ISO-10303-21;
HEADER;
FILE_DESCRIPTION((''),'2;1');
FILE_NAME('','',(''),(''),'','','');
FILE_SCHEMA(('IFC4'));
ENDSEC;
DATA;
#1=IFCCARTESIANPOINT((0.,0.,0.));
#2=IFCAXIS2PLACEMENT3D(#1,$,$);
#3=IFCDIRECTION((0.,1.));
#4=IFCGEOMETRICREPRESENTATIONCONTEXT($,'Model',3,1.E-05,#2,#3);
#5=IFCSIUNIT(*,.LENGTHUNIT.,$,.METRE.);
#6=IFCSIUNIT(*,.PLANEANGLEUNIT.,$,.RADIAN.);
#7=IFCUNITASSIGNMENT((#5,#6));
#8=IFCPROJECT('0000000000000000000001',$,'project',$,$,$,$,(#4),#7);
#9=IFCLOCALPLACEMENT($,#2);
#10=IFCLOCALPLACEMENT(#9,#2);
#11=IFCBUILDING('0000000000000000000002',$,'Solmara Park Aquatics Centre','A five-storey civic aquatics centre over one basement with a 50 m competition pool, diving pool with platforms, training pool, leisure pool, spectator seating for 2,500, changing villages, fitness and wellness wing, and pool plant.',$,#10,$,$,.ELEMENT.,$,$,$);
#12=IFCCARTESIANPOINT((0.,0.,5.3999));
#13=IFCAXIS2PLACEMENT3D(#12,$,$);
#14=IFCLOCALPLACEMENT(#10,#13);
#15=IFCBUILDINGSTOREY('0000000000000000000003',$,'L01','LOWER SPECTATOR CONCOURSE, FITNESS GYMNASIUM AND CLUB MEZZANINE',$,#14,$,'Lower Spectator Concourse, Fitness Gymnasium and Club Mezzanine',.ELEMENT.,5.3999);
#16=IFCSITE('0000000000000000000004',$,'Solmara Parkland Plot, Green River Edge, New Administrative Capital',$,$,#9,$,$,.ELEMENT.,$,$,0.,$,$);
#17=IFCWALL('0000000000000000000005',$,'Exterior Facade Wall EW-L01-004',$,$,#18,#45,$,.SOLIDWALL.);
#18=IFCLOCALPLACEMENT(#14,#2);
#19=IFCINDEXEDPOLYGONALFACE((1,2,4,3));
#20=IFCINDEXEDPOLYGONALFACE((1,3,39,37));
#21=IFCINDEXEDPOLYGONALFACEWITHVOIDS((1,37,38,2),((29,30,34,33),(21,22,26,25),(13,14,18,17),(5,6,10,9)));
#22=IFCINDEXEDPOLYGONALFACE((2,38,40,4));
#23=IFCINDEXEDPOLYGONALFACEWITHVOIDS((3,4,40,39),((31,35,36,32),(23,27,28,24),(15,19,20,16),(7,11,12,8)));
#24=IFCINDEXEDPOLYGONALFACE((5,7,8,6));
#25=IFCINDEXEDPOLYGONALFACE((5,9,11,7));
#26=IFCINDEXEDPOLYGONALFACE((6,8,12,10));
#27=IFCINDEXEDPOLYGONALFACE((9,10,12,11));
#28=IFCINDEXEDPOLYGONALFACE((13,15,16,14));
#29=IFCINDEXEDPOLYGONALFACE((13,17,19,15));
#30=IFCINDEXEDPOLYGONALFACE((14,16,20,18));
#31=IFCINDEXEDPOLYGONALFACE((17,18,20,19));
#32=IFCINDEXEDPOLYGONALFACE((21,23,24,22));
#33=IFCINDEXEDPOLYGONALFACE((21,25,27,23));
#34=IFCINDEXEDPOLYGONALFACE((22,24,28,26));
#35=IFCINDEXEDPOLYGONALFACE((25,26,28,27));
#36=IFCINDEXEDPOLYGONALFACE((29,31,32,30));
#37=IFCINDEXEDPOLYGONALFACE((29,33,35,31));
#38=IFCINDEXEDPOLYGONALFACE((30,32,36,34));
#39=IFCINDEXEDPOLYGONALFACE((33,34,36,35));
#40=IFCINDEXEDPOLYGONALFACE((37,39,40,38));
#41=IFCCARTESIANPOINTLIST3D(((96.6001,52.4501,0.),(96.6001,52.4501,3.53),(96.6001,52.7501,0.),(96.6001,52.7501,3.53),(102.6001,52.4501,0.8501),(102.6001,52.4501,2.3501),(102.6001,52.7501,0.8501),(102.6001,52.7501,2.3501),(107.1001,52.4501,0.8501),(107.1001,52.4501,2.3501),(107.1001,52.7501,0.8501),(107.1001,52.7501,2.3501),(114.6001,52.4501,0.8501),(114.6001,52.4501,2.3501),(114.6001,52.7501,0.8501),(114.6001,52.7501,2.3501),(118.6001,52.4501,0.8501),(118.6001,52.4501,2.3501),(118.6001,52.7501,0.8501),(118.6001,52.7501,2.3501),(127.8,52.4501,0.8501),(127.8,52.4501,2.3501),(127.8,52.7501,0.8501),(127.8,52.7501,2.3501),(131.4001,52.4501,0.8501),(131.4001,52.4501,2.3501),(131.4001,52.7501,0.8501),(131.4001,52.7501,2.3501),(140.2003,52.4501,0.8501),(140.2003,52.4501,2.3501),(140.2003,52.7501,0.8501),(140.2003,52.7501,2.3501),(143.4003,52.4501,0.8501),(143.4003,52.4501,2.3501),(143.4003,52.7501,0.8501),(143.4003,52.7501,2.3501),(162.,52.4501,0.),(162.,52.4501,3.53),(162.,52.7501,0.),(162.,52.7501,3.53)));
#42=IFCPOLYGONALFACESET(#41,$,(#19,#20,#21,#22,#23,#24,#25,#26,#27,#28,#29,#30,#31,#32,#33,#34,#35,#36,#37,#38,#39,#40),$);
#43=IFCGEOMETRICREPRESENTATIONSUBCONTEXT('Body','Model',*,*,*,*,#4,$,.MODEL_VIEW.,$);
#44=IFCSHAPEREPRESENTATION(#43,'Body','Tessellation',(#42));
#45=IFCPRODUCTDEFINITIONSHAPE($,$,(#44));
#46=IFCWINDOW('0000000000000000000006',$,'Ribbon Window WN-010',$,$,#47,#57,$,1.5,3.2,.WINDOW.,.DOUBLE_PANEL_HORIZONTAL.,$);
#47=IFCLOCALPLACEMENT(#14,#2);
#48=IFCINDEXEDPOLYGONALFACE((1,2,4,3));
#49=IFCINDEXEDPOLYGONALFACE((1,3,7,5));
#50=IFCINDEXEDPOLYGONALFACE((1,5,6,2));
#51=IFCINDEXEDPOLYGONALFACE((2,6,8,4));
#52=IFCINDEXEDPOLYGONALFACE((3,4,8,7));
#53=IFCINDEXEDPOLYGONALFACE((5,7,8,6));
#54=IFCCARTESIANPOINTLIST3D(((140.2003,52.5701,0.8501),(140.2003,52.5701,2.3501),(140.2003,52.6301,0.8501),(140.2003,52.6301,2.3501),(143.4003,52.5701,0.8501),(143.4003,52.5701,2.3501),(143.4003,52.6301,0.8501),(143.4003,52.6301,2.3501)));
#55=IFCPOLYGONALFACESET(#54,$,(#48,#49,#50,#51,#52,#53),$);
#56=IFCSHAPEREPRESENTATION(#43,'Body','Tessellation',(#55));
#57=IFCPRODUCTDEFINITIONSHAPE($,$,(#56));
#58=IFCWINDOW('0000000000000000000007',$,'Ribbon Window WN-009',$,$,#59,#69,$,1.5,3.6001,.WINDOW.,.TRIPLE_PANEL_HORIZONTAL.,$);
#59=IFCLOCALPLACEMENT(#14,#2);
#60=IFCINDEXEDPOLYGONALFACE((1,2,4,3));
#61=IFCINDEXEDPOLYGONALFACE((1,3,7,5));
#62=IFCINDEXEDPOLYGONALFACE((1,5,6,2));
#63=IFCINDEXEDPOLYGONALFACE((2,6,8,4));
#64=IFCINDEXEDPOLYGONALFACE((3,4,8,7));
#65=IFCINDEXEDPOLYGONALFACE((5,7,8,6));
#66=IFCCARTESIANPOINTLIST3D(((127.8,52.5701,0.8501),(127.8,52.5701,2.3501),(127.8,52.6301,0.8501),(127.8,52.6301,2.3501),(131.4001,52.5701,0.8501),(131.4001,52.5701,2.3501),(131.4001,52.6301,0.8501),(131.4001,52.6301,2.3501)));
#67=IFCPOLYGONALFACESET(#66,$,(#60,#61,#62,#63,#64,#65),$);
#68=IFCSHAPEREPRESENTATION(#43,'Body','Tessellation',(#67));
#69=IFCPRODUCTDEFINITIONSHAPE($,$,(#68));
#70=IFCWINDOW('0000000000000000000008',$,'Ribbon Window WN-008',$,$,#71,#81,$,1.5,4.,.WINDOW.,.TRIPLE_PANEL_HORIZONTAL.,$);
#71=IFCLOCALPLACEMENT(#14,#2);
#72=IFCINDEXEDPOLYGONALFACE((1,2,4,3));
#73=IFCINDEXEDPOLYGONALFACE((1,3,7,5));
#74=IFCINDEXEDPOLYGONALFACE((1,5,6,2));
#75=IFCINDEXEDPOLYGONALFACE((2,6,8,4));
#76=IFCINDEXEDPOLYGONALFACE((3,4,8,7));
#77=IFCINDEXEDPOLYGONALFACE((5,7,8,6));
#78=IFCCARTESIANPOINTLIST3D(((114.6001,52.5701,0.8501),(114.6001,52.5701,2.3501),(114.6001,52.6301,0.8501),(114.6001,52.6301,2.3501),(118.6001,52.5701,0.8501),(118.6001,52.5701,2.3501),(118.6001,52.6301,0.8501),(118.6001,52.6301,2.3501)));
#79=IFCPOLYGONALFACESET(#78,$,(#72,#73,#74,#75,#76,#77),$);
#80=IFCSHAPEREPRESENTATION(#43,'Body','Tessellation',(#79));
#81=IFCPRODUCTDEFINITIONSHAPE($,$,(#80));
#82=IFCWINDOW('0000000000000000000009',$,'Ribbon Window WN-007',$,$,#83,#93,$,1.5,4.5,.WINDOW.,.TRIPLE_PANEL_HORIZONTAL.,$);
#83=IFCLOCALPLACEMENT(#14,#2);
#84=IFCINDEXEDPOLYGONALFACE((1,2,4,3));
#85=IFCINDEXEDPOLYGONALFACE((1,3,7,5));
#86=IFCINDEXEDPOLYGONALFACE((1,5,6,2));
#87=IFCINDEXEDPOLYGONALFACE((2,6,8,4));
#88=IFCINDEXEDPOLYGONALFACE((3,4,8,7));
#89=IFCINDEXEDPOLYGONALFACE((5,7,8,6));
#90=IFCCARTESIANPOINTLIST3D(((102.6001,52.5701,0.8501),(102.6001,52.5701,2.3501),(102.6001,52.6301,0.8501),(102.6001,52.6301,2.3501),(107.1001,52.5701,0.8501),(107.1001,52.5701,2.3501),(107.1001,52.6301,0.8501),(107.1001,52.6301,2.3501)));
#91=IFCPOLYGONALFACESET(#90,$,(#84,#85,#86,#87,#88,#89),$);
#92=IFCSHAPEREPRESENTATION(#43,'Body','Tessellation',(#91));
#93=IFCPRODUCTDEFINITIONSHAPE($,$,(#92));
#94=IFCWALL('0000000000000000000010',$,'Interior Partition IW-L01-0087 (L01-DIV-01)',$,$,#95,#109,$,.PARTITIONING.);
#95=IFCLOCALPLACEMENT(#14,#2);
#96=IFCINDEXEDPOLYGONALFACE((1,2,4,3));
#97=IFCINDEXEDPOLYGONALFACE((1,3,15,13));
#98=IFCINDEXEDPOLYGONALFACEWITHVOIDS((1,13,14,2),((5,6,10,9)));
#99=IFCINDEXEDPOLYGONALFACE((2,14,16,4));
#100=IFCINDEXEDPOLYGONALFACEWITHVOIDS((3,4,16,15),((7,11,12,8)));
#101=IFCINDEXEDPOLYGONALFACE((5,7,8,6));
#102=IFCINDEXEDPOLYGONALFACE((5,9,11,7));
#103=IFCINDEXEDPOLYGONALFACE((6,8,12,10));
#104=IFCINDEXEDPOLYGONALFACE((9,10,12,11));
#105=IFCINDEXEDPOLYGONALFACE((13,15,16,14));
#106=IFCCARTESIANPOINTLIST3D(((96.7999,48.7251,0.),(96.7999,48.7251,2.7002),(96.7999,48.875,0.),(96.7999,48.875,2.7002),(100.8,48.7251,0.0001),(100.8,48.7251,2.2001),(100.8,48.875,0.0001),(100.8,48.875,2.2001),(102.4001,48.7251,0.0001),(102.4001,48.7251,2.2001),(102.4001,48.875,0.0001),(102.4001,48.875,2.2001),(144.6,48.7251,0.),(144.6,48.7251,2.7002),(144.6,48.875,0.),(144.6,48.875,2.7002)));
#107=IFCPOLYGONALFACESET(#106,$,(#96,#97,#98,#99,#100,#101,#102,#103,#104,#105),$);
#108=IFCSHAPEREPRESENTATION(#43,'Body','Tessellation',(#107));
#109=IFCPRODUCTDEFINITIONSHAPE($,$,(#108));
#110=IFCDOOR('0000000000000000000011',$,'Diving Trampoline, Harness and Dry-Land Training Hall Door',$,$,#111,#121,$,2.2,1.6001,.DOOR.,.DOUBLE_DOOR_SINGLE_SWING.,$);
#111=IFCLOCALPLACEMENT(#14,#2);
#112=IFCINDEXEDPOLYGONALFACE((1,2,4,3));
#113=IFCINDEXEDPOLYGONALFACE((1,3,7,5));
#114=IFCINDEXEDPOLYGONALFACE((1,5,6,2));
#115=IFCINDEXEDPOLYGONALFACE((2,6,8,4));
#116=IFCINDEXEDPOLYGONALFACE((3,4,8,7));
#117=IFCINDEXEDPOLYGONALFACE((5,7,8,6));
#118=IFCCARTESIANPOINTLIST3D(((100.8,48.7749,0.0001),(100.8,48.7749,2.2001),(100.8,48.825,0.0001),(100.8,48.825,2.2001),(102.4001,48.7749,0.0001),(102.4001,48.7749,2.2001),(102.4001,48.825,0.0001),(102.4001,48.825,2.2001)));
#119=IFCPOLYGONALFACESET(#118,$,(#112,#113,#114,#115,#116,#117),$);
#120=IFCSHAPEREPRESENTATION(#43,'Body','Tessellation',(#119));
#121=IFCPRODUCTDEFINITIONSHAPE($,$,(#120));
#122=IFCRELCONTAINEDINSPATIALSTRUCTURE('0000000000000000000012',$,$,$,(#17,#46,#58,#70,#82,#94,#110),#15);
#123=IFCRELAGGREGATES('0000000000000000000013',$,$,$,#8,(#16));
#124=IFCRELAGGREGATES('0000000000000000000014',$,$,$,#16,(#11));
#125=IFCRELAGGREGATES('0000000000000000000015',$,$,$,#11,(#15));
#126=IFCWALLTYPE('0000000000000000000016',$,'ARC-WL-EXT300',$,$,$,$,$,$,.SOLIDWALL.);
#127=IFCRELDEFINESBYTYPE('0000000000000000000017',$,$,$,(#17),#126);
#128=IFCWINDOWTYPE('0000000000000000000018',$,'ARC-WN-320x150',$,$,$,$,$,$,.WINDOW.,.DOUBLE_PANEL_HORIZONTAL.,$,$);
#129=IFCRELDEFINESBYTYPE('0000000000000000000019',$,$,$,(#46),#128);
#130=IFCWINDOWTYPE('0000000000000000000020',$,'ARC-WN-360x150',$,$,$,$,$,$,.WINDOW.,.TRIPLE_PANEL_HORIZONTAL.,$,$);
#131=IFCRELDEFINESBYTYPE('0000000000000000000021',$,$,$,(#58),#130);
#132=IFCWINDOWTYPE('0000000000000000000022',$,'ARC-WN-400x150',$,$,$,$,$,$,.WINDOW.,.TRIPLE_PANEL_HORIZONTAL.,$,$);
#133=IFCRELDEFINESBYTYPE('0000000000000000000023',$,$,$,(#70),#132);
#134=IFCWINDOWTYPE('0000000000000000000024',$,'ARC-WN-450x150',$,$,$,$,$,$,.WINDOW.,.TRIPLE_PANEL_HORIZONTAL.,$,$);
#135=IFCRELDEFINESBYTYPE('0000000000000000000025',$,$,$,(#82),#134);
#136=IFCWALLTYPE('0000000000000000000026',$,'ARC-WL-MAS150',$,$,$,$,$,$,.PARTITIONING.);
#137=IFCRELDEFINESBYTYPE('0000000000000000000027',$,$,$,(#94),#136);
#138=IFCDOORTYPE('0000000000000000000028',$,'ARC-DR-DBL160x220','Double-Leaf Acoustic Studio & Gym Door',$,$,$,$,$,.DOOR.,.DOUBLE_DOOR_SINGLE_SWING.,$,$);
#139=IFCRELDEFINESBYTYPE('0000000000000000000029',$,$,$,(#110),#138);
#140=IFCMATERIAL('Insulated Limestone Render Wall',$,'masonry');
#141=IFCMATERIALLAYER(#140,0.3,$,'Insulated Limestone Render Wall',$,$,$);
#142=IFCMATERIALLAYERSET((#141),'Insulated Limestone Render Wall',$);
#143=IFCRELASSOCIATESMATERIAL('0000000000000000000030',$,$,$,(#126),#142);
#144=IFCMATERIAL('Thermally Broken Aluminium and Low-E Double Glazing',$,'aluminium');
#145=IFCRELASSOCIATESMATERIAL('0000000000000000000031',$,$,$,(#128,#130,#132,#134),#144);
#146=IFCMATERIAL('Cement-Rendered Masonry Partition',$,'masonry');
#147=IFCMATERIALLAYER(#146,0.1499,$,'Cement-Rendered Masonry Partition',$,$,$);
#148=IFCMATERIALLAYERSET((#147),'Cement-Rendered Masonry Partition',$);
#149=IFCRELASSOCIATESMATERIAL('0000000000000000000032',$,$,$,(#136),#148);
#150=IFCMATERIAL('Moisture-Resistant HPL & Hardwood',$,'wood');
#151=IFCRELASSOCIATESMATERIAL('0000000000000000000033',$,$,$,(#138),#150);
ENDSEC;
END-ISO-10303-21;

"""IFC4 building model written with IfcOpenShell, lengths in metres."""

from ifc_helpers import new_model, si_unit, direction, frame, frame_2d, origin, place, context, subcontext, project, spatial, rectangle, extrude, material, layer, layer_set, type_object, element, fill, save


model = new_model("IFC4")

# Units and contexts
model_context = context("Model", 3, precision=1e-05, world=origin(), true_north=direction((0.0, 1.0)))
body_context = subcontext(model_context, "Body", "Model", "MODEL_VIEW")
ifc_project = project(units=[si_unit("LENGTHUNIT", "METRE"), si_unit("PLANEANGLEUNIT", "RADIAN")], contexts=[model_context])

# Site, building, storey
site_placement = place(None, origin())
site = spatial("IfcSite", under=ifc_project, at=site_placement, Name="Solmara Parkland Plot, Green River Edge, New Administrative Capital", CompositionType="ELEMENT", RefElevation=0.0)
building_placement = place(site_placement, origin())
building = spatial("IfcBuilding", under=site, at=building_placement, Name="Solmara Park Aquatics Centre", Description="A five-storey civic aquatics centre over one basement with a 50 m competition pool, diving pool with platforms, training pool, leisure pool, spectator seating for 2,500, changing villages, fitness and wellness wing, and pool plant.", CompositionType="ELEMENT")
storey_placement = place(building_placement, frame((0.0, 0.0, 5.3999)))
storey = spatial("IfcBuildingStorey", under=building, at=storey_placement, Name="L01", Description="LOWER SPECTATOR CONCOURSE, FITNESS GYMNASIUM AND CLUB MEZZANINE", LongName="Lower Spectator Concourse, Fitness Gymnasium and Club Mezzanine", CompositionType="ELEMENT", Elevation=5.3999)

# Shared definitions
ifc_material_1 = material(Name="Moisture-Resistant HPL & Hardwood", Category="wood")

# Wall, openings, windows
ifc_material_2 = material(Name="Insulated Limestone Render Wall", Category="masonry")
ifc_layer_1 = layer(ifc_material_2, 0.3, Name="Insulated Limestone Render Wall")
ifc_layer_set_1 = layer_set([ifc_layer_1], Name="Insulated Limestone Render Wall")
wall_type_1 = type_object("IfcWallType", Name="ARC-WL-EXT300", PredefinedType="SOLIDWALL", material=ifc_layer_set_1)
wall_1_placement = place(storey_placement, frame((96.6001, 52.6001, 0.0), z_axis=(0.0, 0.0, 1.0), x_axis=(1.0, 0.0, 0.0)))
wall_1 = element("IfcWall", 1, at=wall_1_placement, inside=storey, type_object=wall_type_1, Name="Exterior Facade Wall EW-L01-004", PredefinedType="SOLIDWALL", context=body_context, shape_type="SweptSolid", body=[
    extrude(rectangle(XDim=65.3999, YDim=0.3, at=frame_2d((32.7, 0.0))), origin(), (0.0, 0.0, 1.0), 3.53),
])
opening_1_placement = place(wall_1_placement, frame((6.0, 0.0, 0.8501)))
opening_1 = element("IfcOpeningElement", 2, at=opening_1_placement, cuts=wall_1, PredefinedType="OPENING", context=body_context, shape_type="SweptSolid", body=[
    extrude(rectangle(XDim=4.5, YDim=1.5, at=frame_2d((2.25, 0.75))), frame((0.0, 0.1599, 0.0), z_axis=(0.0, -1.0, 0.0), x_axis=(1.0, 0.0, 0.0)), (0.0, 0.0, 1.0), 0.3201),
])
opening_2_placement = place(wall_1_placement, frame((18.0, 0.0, 0.8501)))
opening_2 = element("IfcOpeningElement", 3, at=opening_2_placement, cuts=wall_1, PredefinedType="OPENING", context=body_context, shape_type="SweptSolid", body=[
    extrude(rectangle(XDim=4.0, YDim=1.5, at=frame_2d((2.0, 0.75))), frame((0.0, 0.1599, 0.0), z_axis=(0.0, -1.0, 0.0), x_axis=(1.0, 0.0, 0.0)), (0.0, 0.0, 1.0), 0.3201),
])
opening_3_placement = place(wall_1_placement, frame((31.2, 0.0, 0.8501)))
opening_3 = element("IfcOpeningElement", 4, at=opening_3_placement, cuts=wall_1, PredefinedType="OPENING", context=body_context, shape_type="SweptSolid", body=[
    extrude(rectangle(XDim=3.6001, YDim=1.5, at=frame_2d((1.8, 0.75))), frame((0.0, 0.1599, 0.0), z_axis=(0.0, -1.0, 0.0), x_axis=(1.0, 0.0, 0.0)), (0.0, 0.0, 1.0), 0.3201),
])
opening_4_placement = place(wall_1_placement, frame((43.6001, 0.0, 0.8501)))
opening_4 = element("IfcOpeningElement", 5, at=opening_4_placement, cuts=wall_1, PredefinedType="OPENING", context=body_context, shape_type="SweptSolid", body=[
    extrude(rectangle(XDim=3.2, YDim=1.5, at=frame_2d((1.6001, 0.75))), frame((0.0, 0.1599, 0.0), z_axis=(0.0, -1.0, 0.0), x_axis=(1.0, 0.0, 0.0)), (0.0, 0.0, 1.0), 0.3201),
])
ifc_material_3 = material(Name="Thermally Broken Aluminium and Low-E Double Glazing", Category="aluminium")
window_type_1 = type_object("IfcWindowType", Name="ARC-WN-320x150", PartitioningType="DOUBLE_PANEL_HORIZONTAL", PredefinedType="WINDOW", material=ifc_material_3)
window_1_placement = place(opening_4_placement, origin())
window_1 = element("IfcWindow", 6, at=window_1_placement, inside=storey, type_object=window_type_1, Name="Ribbon Window WN-010", OverallHeight=1.5, OverallWidth=3.2, PartitioningType="DOUBLE_PANEL_HORIZONTAL", PredefinedType="WINDOW", context=body_context, shape_type="SweptSolid", body=[
    extrude(rectangle(XDim=3.2, YDim=1.5, at=frame_2d((1.6001, 0.75))), frame((0.0, 0.03, 0.0), z_axis=(0.0, -1.0, 0.0), x_axis=(1.0, 0.0, 0.0)), (0.0, 0.0, 1.0), 0.0601),
])
fill(opening_4, window_1)
window_type_2 = type_object("IfcWindowType", Name="ARC-WN-360x150", PartitioningType="TRIPLE_PANEL_HORIZONTAL", PredefinedType="WINDOW", material=ifc_material_3)
window_2_placement = place(opening_3_placement, origin())
window_2 = element("IfcWindow", 7, at=window_2_placement, inside=storey, type_object=window_type_2, Name="Ribbon Window WN-009", OverallHeight=1.5, OverallWidth=3.6001, PartitioningType="TRIPLE_PANEL_HORIZONTAL", PredefinedType="WINDOW", context=body_context, shape_type="SweptSolid", body=[
    extrude(rectangle(XDim=3.6001, YDim=1.5, at=frame_2d((1.8, 0.75))), frame((0.0, 0.03, 0.0), z_axis=(0.0, -1.0, 0.0), x_axis=(1.0, 0.0, 0.0)), (0.0, 0.0, 1.0), 0.0601),
])
fill(opening_3, window_2)
window_type_3 = type_object("IfcWindowType", Name="ARC-WN-400x150", PartitioningType="TRIPLE_PANEL_HORIZONTAL", PredefinedType="WINDOW", material=ifc_material_3)
window_3_placement = place(opening_2_placement, origin())
window_3 = element("IfcWindow", 8, at=window_3_placement, inside=storey, type_object=window_type_3, Name="Ribbon Window WN-008", OverallHeight=1.5, OverallWidth=4.0, PartitioningType="TRIPLE_PANEL_HORIZONTAL", PredefinedType="WINDOW", context=body_context, shape_type="SweptSolid", body=[
    extrude(rectangle(XDim=4.0, YDim=1.5, at=frame_2d((2.0, 0.75))), frame((0.0, 0.03, 0.0), z_axis=(0.0, -1.0, 0.0), x_axis=(1.0, 0.0, 0.0)), (0.0, 0.0, 1.0), 0.0601),
])
fill(opening_2, window_3)
window_type_4 = type_object("IfcWindowType", Name="ARC-WN-450x150", PartitioningType="TRIPLE_PANEL_HORIZONTAL", PredefinedType="WINDOW", material=ifc_material_3)
window_4_placement = place(opening_1_placement, origin())
window_4 = element("IfcWindow", 9, at=window_4_placement, inside=storey, type_object=window_type_4, Name="Ribbon Window WN-007", OverallHeight=1.5, OverallWidth=4.5, PartitioningType="TRIPLE_PANEL_HORIZONTAL", PredefinedType="WINDOW", context=body_context, shape_type="SweptSolid", body=[
    extrude(rectangle(XDim=4.5, YDim=1.5, at=frame_2d((2.25, 0.75))), frame((0.0, 0.03, 0.0), z_axis=(0.0, -1.0, 0.0), x_axis=(1.0, 0.0, 0.0)), (0.0, 0.0, 1.0), 0.0601),
])
fill(opening_1, window_4)

# Wall, opening, door
ifc_material_4 = material(Name="Cement-Rendered Masonry Partition", Category="masonry")
ifc_layer_2 = layer(ifc_material_4, 0.1499, Name="Cement-Rendered Masonry Partition")
ifc_layer_set_2 = layer_set([ifc_layer_2], Name="Cement-Rendered Masonry Partition")
wall_type_2 = type_object("IfcWallType", Name="ARC-WL-MAS150", PredefinedType="PARTITIONING", material=ifc_layer_set_2)
wall_2_placement = place(storey_placement, frame((96.8, 48.8, 0.0), z_axis=(0.0, 0.0, 1.0), x_axis=(1.0, 0.0, 0.0)))
wall_2 = element("IfcWall", 10, at=wall_2_placement, inside=storey, type_object=wall_type_2, Name="Interior Partition IW-L01-0087 (L01-DIV-01)", PredefinedType="PARTITIONING", context=body_context, shape_type="SweptSolid", body=[
    extrude(rectangle(XDim=47.8, YDim=0.1499, at=frame_2d((23.8999, 0.0))), origin(), (0.0, 0.0, 1.0), 2.7002),
])
opening_5_placement = place(wall_2_placement, frame((4.0, 0.0, 0.0)))
opening_5 = element("IfcOpeningElement", 11, at=opening_5_placement, cuts=wall_2, PredefinedType="OPENING", context=body_context, shape_type="SweptSolid", body=[
    extrude(rectangle(XDim=1.6001, YDim=2.2, at=frame_2d((0.8, 1.1001))), frame((0.0, 0.085, 0.0), z_axis=(0.0, -1.0, 0.0), x_axis=(1.0, 0.0, 0.0)), (0.0, 0.0, 1.0), 0.1699),
])
door_type_1 = type_object("IfcDoorType", Name="ARC-DR-DBL160x220", Description="Double-Leaf Acoustic Studio & Gym Door", OperationType="DOUBLE_DOOR_SINGLE_SWING", PredefinedType="DOOR", material=ifc_material_1)
door_1_placement = place(opening_5_placement, origin())
door_1 = element("IfcDoor", 12, at=door_1_placement, inside=storey, type_object=door_type_1, Name="Diving Trampoline, Harness and Dry-Land Training Hall Door", OperationType="DOUBLE_DOOR_SINGLE_SWING", OverallHeight=2.2, OverallWidth=1.6001, PredefinedType="DOOR", context=body_context, shape_type="SweptSolid", body=[
    extrude(rectangle(XDim=1.6001, YDim=2.2, at=frame_2d((0.8, 1.1001))), frame((0.0, 0.0249, 0.0), z_axis=(0.0, -1.0, 0.0), x_axis=(1.0, 0.0, 0.0)), (0.0, 0.0, 1.0), 0.05),
])
fill(opening_5, door_1)

save(model, "model.ifc")
